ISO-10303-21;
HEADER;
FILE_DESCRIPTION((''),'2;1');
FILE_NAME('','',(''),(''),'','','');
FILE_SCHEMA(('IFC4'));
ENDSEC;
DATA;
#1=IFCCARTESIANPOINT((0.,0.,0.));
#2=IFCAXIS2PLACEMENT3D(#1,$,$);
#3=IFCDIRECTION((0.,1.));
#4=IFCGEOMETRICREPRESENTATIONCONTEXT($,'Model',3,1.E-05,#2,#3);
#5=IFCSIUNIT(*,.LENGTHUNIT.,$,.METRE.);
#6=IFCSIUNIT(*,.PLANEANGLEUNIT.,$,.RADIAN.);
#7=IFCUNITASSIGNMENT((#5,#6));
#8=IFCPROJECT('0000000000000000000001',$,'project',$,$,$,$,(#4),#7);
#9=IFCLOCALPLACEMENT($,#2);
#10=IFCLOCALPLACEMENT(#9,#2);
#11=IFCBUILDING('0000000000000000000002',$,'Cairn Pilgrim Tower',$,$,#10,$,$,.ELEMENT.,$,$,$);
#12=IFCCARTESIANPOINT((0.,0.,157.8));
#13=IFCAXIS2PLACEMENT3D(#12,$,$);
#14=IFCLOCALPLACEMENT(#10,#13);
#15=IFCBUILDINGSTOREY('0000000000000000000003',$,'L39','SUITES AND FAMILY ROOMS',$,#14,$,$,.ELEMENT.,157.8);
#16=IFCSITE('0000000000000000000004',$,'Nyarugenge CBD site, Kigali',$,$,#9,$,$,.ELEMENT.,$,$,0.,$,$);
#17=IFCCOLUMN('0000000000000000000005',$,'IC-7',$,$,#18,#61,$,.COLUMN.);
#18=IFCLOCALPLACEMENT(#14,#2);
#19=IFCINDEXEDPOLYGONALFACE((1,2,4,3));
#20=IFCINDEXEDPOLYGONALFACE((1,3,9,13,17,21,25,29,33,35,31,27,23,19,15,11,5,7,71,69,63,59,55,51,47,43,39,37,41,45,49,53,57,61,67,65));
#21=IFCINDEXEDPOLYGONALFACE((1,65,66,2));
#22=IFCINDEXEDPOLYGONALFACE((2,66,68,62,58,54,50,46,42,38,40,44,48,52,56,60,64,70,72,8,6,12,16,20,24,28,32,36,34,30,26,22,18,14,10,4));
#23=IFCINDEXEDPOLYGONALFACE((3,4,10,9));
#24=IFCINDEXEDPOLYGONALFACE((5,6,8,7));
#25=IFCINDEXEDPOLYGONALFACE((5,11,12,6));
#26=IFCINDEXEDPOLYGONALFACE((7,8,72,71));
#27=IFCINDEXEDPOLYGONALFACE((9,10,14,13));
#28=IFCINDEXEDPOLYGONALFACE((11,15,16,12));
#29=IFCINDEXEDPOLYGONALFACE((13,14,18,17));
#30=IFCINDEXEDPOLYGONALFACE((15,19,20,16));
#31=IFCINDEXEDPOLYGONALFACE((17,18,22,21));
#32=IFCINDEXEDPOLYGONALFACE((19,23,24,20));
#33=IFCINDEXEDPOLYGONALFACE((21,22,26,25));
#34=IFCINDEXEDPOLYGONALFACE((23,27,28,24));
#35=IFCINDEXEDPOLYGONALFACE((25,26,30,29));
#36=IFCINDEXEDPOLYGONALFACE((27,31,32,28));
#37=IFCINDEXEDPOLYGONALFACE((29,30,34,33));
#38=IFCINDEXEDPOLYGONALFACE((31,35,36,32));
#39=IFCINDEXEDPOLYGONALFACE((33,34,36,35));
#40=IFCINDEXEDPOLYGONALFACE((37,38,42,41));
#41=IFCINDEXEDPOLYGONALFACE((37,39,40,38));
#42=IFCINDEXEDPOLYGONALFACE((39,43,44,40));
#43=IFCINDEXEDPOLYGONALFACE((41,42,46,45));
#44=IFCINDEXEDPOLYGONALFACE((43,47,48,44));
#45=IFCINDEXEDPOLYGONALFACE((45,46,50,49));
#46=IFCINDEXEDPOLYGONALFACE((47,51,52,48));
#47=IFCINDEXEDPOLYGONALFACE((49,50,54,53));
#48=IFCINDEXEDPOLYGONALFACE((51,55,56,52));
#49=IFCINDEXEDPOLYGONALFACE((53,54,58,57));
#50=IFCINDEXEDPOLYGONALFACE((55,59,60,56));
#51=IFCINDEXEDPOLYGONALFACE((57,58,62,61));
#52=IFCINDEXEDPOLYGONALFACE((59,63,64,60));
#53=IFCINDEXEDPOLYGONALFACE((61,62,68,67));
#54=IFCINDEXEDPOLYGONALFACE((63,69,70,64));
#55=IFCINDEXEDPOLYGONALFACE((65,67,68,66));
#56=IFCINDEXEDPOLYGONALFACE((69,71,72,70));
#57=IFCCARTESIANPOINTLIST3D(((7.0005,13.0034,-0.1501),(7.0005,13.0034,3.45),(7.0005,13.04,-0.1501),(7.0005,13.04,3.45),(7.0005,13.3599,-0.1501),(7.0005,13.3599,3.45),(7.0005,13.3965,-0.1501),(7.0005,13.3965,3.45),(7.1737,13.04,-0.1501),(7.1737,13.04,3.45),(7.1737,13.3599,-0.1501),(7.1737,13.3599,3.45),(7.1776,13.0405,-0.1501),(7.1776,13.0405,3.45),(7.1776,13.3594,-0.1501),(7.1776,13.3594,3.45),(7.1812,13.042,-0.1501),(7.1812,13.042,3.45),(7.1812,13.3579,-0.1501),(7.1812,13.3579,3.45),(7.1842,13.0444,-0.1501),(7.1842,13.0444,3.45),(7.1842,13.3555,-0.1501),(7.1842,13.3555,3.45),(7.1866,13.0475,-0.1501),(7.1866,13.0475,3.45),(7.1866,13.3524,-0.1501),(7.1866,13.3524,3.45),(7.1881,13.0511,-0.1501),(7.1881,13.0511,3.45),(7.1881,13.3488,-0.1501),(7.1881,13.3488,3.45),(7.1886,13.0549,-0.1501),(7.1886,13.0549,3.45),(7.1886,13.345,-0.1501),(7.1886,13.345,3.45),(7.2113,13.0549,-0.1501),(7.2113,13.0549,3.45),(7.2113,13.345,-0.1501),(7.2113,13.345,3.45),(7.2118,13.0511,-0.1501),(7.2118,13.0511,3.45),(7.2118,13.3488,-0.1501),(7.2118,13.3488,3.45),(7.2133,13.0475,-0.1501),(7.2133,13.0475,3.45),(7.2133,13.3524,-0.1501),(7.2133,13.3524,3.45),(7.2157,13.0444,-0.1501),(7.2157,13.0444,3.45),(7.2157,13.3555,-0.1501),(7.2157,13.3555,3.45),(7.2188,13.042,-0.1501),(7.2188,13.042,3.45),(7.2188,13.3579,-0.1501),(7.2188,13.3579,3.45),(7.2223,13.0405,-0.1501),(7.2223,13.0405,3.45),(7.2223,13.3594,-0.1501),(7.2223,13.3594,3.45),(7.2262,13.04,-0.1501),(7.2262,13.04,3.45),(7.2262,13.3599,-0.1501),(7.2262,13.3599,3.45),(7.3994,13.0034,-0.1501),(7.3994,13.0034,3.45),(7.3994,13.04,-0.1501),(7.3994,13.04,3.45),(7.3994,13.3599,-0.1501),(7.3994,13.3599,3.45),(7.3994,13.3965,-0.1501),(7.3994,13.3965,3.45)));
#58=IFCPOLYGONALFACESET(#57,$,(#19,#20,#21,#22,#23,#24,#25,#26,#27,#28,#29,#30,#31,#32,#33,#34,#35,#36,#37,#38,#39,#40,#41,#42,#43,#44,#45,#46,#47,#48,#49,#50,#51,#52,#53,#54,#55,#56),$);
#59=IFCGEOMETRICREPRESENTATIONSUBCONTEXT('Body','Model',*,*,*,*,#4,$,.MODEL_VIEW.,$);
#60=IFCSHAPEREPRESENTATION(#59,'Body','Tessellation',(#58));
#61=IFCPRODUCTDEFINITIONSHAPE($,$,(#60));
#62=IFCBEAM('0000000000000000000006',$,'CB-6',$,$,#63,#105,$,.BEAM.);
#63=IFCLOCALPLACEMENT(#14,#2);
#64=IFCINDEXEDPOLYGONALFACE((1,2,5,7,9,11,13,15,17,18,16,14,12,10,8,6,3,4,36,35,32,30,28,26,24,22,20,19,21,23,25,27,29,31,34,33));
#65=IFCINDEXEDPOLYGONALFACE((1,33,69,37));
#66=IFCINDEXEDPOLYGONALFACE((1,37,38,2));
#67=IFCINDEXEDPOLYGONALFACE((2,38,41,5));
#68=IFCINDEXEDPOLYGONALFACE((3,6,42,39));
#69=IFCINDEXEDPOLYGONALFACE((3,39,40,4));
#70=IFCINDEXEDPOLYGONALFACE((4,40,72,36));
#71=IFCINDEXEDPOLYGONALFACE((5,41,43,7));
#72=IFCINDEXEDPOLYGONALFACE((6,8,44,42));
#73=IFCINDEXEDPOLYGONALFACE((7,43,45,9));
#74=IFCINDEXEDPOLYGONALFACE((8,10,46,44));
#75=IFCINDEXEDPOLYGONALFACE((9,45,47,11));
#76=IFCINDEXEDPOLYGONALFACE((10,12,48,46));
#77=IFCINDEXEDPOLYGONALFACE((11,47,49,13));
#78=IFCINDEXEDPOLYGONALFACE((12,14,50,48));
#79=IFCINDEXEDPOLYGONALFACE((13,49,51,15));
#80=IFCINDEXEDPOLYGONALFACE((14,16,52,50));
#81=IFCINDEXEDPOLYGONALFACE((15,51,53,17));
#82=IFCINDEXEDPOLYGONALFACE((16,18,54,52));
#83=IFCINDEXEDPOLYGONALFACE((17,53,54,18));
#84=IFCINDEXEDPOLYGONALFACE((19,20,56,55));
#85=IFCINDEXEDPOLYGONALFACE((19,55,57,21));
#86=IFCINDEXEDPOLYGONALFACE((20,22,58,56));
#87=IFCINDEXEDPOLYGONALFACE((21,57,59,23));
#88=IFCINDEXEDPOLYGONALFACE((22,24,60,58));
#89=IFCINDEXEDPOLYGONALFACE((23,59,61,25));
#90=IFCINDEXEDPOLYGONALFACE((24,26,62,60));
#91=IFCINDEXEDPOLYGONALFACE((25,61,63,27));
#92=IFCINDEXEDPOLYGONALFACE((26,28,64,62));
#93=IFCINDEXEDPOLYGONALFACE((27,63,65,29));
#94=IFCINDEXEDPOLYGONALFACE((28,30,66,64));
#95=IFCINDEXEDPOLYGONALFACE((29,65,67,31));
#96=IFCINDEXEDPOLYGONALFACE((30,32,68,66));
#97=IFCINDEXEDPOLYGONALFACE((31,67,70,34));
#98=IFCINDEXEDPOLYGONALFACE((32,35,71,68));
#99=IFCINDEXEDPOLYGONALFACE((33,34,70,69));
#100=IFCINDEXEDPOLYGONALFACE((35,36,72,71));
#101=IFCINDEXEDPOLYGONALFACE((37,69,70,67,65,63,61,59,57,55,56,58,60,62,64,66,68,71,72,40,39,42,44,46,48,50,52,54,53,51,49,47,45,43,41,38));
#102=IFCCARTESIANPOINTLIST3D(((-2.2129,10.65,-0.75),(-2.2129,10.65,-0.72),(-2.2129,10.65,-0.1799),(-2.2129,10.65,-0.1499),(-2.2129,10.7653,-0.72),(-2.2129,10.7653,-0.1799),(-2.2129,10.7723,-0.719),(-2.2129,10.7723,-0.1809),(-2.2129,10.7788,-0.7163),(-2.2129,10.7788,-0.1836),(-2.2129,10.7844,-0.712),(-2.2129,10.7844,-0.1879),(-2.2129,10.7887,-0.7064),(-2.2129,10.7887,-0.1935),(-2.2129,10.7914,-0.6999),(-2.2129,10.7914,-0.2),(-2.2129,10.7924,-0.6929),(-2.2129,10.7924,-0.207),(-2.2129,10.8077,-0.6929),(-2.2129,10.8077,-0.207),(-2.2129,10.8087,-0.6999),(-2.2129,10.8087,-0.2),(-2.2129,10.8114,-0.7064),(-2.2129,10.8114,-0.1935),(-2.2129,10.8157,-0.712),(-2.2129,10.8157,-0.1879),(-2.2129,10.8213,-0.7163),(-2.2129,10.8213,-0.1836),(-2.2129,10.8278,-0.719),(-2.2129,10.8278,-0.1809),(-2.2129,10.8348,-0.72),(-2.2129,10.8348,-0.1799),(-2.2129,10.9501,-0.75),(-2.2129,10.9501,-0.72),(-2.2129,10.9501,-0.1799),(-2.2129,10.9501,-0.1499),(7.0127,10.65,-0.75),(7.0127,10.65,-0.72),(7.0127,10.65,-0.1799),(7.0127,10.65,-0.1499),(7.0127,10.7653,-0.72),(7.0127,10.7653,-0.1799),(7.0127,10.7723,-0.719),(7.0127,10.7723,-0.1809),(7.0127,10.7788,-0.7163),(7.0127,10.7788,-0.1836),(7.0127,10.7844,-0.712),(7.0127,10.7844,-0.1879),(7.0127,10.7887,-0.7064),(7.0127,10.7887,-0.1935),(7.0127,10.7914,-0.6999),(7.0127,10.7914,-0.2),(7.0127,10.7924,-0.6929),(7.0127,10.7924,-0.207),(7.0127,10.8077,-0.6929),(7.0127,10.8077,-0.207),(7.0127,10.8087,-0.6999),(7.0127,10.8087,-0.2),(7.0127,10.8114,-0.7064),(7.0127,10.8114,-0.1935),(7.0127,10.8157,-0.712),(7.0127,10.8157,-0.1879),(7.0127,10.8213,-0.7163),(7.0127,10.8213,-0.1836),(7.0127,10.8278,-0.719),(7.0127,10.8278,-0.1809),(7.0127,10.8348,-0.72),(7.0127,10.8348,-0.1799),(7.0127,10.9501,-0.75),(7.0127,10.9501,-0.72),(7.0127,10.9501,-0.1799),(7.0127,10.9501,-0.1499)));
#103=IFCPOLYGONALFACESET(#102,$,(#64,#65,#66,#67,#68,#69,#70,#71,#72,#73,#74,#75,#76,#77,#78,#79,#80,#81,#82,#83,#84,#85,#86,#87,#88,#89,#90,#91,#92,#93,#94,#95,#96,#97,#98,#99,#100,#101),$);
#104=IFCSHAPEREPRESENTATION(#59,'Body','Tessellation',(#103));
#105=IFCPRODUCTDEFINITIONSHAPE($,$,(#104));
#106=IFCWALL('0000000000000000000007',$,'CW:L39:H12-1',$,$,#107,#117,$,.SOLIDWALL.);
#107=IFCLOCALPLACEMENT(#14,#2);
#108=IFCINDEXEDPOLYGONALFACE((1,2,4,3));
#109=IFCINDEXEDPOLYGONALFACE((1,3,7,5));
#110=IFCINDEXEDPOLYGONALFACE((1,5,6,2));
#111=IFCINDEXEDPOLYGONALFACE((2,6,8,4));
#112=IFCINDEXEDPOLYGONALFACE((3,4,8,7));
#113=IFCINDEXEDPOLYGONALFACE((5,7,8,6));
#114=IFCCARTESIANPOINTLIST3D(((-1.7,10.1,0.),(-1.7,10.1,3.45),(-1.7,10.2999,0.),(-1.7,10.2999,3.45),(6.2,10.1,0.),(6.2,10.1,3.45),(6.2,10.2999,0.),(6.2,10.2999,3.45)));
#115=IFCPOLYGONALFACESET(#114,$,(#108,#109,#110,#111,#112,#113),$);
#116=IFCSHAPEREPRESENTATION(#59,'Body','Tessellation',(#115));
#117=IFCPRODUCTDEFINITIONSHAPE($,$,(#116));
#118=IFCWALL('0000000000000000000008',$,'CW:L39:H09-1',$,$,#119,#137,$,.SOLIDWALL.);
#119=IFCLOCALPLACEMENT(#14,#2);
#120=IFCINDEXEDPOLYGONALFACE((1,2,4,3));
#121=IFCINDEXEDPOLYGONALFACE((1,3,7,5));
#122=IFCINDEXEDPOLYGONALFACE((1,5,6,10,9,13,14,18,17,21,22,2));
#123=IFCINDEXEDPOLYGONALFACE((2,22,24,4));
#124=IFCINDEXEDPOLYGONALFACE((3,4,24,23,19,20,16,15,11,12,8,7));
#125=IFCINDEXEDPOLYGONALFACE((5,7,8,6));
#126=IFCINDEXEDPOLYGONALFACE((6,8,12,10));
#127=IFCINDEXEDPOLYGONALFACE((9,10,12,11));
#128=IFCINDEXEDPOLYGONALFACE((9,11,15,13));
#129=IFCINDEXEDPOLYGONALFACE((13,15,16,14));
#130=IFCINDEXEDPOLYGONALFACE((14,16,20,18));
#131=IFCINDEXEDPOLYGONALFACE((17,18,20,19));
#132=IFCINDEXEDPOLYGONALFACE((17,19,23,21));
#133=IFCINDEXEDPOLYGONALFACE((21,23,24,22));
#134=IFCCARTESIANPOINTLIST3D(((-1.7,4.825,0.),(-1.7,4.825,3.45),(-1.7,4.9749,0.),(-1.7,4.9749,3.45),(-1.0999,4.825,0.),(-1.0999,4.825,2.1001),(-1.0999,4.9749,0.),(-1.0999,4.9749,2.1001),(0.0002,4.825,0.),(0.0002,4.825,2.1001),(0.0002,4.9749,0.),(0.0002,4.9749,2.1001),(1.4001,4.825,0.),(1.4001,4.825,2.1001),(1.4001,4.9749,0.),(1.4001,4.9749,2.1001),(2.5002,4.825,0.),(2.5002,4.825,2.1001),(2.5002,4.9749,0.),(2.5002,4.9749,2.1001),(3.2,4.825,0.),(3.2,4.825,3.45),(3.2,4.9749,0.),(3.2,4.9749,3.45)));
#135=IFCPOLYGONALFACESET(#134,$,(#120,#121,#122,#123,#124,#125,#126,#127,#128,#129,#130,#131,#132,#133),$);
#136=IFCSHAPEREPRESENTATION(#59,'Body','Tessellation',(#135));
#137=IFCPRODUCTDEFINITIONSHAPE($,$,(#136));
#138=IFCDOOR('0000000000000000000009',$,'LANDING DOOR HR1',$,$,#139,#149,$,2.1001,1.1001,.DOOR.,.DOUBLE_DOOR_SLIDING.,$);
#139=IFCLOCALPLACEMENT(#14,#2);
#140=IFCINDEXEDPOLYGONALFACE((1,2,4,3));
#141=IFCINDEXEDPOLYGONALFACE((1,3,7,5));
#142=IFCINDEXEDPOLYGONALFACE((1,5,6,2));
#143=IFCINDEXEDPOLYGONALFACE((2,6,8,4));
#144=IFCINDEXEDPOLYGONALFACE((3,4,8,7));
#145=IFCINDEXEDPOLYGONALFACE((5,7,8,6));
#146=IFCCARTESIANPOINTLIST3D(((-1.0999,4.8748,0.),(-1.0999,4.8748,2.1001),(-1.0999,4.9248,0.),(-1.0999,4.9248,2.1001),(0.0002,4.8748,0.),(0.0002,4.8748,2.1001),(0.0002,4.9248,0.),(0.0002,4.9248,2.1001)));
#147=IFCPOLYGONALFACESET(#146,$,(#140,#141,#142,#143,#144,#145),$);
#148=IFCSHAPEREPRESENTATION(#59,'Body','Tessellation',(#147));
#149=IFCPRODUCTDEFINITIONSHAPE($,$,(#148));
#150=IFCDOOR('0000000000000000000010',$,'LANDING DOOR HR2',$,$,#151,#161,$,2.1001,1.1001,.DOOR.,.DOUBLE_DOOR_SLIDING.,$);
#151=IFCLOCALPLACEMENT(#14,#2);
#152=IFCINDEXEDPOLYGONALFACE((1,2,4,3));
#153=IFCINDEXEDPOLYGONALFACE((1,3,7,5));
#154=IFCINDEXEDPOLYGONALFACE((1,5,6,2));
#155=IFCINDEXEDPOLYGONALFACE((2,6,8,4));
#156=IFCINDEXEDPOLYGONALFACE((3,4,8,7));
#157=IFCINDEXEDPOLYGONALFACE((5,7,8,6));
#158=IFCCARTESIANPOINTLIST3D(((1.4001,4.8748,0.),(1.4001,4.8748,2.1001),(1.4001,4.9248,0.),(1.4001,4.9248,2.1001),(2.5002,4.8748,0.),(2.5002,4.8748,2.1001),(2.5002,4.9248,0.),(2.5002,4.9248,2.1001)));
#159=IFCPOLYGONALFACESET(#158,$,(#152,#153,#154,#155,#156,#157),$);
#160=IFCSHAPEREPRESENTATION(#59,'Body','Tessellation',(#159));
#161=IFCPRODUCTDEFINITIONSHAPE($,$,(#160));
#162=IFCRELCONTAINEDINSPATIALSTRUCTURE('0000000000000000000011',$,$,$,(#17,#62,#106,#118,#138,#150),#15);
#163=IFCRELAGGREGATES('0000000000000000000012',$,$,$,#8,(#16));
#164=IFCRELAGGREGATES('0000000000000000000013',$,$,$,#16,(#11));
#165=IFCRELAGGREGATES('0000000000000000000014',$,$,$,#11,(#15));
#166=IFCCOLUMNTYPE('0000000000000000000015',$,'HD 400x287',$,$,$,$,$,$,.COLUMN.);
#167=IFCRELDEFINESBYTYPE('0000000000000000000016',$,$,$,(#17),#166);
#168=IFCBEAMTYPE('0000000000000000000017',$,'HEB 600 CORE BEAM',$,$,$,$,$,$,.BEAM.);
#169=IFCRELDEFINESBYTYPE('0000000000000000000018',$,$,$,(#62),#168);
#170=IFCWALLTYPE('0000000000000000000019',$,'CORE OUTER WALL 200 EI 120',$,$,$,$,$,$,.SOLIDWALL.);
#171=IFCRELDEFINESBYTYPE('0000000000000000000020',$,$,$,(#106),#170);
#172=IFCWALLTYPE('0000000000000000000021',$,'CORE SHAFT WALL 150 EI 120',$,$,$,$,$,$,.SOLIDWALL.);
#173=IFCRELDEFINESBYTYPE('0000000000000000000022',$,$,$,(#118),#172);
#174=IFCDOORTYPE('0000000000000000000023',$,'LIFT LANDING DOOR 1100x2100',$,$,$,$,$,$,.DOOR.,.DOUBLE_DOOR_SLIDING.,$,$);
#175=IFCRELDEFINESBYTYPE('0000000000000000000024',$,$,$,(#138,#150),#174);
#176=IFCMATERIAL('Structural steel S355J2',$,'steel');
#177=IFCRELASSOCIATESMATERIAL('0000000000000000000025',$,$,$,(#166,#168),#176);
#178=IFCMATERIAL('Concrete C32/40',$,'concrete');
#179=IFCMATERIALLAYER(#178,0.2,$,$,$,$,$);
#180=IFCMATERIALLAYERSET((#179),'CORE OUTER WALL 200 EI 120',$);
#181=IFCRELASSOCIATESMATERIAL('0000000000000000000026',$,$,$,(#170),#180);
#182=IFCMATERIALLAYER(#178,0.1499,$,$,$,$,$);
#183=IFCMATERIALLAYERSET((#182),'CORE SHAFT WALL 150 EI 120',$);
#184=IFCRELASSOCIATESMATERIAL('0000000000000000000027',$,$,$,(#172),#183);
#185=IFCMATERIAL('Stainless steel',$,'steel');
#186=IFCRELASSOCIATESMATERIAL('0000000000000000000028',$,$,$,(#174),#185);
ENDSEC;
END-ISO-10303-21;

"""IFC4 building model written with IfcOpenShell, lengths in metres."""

from ifc_helpers import new_model, si_unit, direction, frame, frame_2d, origin, origin_2d, place, context, subcontext, project, spatial, rectangle, i_section, extrude, material, layer, layer_set, material_profile, profile_set, type_object, element, fill, save


model = new_model("IFC4")

# Units and contexts
model_context = context("Model", 3, precision=1e-05, world=origin(), true_north=direction((0.0, 1.0)))
body_context = subcontext(model_context, "Body", "Model", "MODEL_VIEW")
ifc_project = project(units=[si_unit("LENGTHUNIT", "METRE"), si_unit("PLANEANGLEUNIT", "RADIAN")], contexts=[model_context])

# Site, building, storey
site_placement = place(None, origin())
site = spatial("IfcSite", under=ifc_project, at=site_placement, Name="Nyarugenge CBD site, Kigali", CompositionType="ELEMENT", RefElevation=0.0)
building_placement = place(site_placement, origin())
building = spatial("IfcBuilding", under=site, at=building_placement, Name="Cairn Pilgrim Tower", CompositionType="ELEMENT")
storey_placement = place(building_placement, frame((0.0, 0.0, 157.8)))
storey = spatial("IfcBuildingStorey", under=building, at=storey_placement, Name="L39", Description="SUITES AND FAMILY ROOMS", CompositionType="ELEMENT", Elevation=157.8)

# Column
ifc_material_1 = material(Name="Structural steel S355J2", Category="steel")
ifc_material_profile_1 = material_profile(ifc_material_1, i_section(OverallWidth=0.3989, OverallDepth=0.3931, WebThickness=0.0227, FlangeThickness=0.0366, FilletRadius=0.0149, at=origin_2d()), Name="HD 400x287")
ifc_profile_set_1 = profile_set([ifc_material_profile_1], Name="Structural steel S355J2")
column_type = type_object("IfcColumnType", Name="HD 400x287", PredefinedType="COLUMN", material=ifc_profile_set_1)
column_placement = place(storey_placement, frame((7.2, 13.2, -0.1501), z_axis=(0.0, 0.0, 1.0), x_axis=(1.0, 0.0, 0.0)))
element("IfcColumn", 1, at=column_placement, inside=storey, type_object=column_type, Name="IC-7", PredefinedType="COLUMN", context=body_context, shape_type="SweptSolid", body=[
    extrude(i_section(OverallWidth=0.3989, OverallDepth=0.3931, WebThickness=0.0227, FlangeThickness=0.0366, FilletRadius=0.0149, at=origin_2d()), origin(), (0.0, 0.0, 1.0), 3.6001),
])

# Beam
ifc_material_profile_2 = material_profile(ifc_material_1, i_section(OverallWidth=0.3, OverallDepth=0.6001, WebThickness=0.0154, FlangeThickness=0.03, FilletRadius=0.0271, at=origin_2d()), Name="HEB 600")
ifc_profile_set_2 = profile_set([ifc_material_profile_2], Name="Structural steel S355J2")
beam_type = type_object("IfcBeamType", Name="HEB 600 CORE BEAM", PredefinedType="BEAM", material=ifc_profile_set_2)
beam_placement = place(storey_placement, frame((7.0127, 10.8, -0.45), z_axis=(-1.0, 0.0, 0.0), x_axis=(0.0, -1.0, 0.0)))
element("IfcBeam", 2, at=beam_placement, inside=storey, type_object=beam_type, Name="CB-6", PredefinedType="BEAM", context=body_context, shape_type="SweptSolid", body=[
    extrude(i_section(OverallWidth=0.3, OverallDepth=0.6001, WebThickness=0.0154, FlangeThickness=0.03, FilletRadius=0.0271, at=origin_2d()), origin(), (0.0, 0.0, 1.0), 9.2256),
])

# Wall
ifc_material_2 = material(Name="Concrete C32/40", Category="concrete")
ifc_layer_1 = layer(ifc_material_2, 0.2)
ifc_layer_set_1 = layer_set([ifc_layer_1], Name="CORE OUTER WALL 200 EI 120")
wall_type_1 = type_object("IfcWallType", Name="CORE OUTER WALL 200 EI 120", PredefinedType="SOLIDWALL", material=ifc_layer_set_1)
wall_1_placement = place(storey_placement, frame((-1.7, 10.2, 0.0), z_axis=(0.0, 0.0, 1.0), x_axis=(1.0, 0.0, 0.0)))
element("IfcWall", 3, at=wall_1_placement, inside=storey, type_object=wall_type_1, Name="CW:L39:H12-1", PredefinedType="SOLIDWALL", context=body_context, shape_type="SweptSolid", body=[
    extrude(rectangle(XDim=7.8999, YDim=0.2, at=frame_2d((3.95, 0.0))), origin(), (0.0, 0.0, 1.0), 3.45),
])

# Wall, openings, doors
ifc_layer_2 = layer(ifc_material_2, 0.1499)
ifc_layer_set_2 = layer_set([ifc_layer_2], Name="CORE SHAFT WALL 150 EI 120")
wall_type_2 = type_object("IfcWallType", Name="CORE SHAFT WALL 150 EI 120", PredefinedType="SOLIDWALL", material=ifc_layer_set_2)
wall_2_placement = place(storey_placement, frame((-1.7, 4.8999, 0.0), z_axis=(0.0, 0.0, 1.0), x_axis=(1.0, 0.0, 0.0)))
wall_2 = element("IfcWall", 4, at=wall_2_placement, inside=storey, type_object=wall_type_2, Name="CW:L39:H09-1", PredefinedType="SOLIDWALL", context=body_context, shape_type="SweptSolid", body=[
    extrude(rectangle(XDim=4.8999, YDim=0.1499, at=frame_2d((2.45, 0.0))), origin(), (0.0, 0.0, 1.0), 3.45),
])
opening_1_placement = place(wall_2_placement, frame((0.6001, 0.0, 0.0)))
opening_1 = element("IfcOpeningElement", 5, at=opening_1_placement, cuts=wall_2, PredefinedType="OPENING", context=body_context, shape_type="SweptSolid", body=[
    extrude(rectangle(XDim=1.1001, YDim=2.1001, at=frame_2d((0.55, 1.05))), frame((0.0, 0.085, 0.0), z_axis=(0.0, -1.0, 0.0), x_axis=(1.0, 0.0, 0.0)), (0.0, 0.0, 1.0), 0.1699),
])
opening_2_placement = place(wall_2_placement, frame((3.1001, 0.0, 0.0)))
opening_2 = element("IfcOpeningElement", 6, at=opening_2_placement, cuts=wall_2, PredefinedType="OPENING", context=body_context, shape_type="SweptSolid", body=[
    extrude(rectangle(XDim=1.1001, YDim=2.1001, at=frame_2d((0.55, 1.05))), frame((0.0, 0.085, 0.0), z_axis=(0.0, -1.0, 0.0), x_axis=(1.0, 0.0, 0.0)), (0.0, 0.0, 1.0), 0.1699),
])
ifc_material_3 = material(Name="Stainless steel", Category="steel")
door_type_1 = type_object("IfcDoorType", Name="LIFT LANDING DOOR 1100x2100", OperationType="DOUBLE_DOOR_SLIDING", PredefinedType="DOOR", material=ifc_material_3)
door_1_placement = place(opening_1_placement, origin())
door_1 = element("IfcDoor", 7, at=door_1_placement, inside=storey, type_object=door_type_1, Name="LANDING DOOR HR1", OperationType="DOUBLE_DOOR_SLIDING", OverallHeight=2.1001, OverallWidth=1.1001, PredefinedType="DOOR", context=body_context, shape_type="SweptSolid", body=[
    extrude(rectangle(XDim=1.1001, YDim=2.1001, at=frame_2d((0.55, 1.05))), frame((0.0, 0.0249, 0.0), z_axis=(0.0, -1.0, 0.0), x_axis=(1.0, 0.0, 0.0)), (0.0, 0.0, 1.0), 0.05),
])
fill(opening_1, door_1)
door_2_placement = place(opening_2_placement, origin())
door_2 = element("IfcDoor", 8, at=door_2_placement, inside=storey, type_object=door_type_1, Name="LANDING DOOR HR2", OperationType="DOUBLE_DOOR_SLIDING", OverallHeight=2.1001, OverallWidth=1.1001, PredefinedType="DOOR", context=body_context, shape_type="SweptSolid", body=[
    extrude(rectangle(XDim=1.1001, YDim=2.1001, at=frame_2d((0.55, 1.05))), frame((0.0, 0.0249, 0.0), z_axis=(0.0, -1.0, 0.0), x_axis=(1.0, 0.0, 0.0)), (0.0, 0.0, 1.0), 0.05),
])
fill(opening_2, door_2)

save(model, "model.ifc")
